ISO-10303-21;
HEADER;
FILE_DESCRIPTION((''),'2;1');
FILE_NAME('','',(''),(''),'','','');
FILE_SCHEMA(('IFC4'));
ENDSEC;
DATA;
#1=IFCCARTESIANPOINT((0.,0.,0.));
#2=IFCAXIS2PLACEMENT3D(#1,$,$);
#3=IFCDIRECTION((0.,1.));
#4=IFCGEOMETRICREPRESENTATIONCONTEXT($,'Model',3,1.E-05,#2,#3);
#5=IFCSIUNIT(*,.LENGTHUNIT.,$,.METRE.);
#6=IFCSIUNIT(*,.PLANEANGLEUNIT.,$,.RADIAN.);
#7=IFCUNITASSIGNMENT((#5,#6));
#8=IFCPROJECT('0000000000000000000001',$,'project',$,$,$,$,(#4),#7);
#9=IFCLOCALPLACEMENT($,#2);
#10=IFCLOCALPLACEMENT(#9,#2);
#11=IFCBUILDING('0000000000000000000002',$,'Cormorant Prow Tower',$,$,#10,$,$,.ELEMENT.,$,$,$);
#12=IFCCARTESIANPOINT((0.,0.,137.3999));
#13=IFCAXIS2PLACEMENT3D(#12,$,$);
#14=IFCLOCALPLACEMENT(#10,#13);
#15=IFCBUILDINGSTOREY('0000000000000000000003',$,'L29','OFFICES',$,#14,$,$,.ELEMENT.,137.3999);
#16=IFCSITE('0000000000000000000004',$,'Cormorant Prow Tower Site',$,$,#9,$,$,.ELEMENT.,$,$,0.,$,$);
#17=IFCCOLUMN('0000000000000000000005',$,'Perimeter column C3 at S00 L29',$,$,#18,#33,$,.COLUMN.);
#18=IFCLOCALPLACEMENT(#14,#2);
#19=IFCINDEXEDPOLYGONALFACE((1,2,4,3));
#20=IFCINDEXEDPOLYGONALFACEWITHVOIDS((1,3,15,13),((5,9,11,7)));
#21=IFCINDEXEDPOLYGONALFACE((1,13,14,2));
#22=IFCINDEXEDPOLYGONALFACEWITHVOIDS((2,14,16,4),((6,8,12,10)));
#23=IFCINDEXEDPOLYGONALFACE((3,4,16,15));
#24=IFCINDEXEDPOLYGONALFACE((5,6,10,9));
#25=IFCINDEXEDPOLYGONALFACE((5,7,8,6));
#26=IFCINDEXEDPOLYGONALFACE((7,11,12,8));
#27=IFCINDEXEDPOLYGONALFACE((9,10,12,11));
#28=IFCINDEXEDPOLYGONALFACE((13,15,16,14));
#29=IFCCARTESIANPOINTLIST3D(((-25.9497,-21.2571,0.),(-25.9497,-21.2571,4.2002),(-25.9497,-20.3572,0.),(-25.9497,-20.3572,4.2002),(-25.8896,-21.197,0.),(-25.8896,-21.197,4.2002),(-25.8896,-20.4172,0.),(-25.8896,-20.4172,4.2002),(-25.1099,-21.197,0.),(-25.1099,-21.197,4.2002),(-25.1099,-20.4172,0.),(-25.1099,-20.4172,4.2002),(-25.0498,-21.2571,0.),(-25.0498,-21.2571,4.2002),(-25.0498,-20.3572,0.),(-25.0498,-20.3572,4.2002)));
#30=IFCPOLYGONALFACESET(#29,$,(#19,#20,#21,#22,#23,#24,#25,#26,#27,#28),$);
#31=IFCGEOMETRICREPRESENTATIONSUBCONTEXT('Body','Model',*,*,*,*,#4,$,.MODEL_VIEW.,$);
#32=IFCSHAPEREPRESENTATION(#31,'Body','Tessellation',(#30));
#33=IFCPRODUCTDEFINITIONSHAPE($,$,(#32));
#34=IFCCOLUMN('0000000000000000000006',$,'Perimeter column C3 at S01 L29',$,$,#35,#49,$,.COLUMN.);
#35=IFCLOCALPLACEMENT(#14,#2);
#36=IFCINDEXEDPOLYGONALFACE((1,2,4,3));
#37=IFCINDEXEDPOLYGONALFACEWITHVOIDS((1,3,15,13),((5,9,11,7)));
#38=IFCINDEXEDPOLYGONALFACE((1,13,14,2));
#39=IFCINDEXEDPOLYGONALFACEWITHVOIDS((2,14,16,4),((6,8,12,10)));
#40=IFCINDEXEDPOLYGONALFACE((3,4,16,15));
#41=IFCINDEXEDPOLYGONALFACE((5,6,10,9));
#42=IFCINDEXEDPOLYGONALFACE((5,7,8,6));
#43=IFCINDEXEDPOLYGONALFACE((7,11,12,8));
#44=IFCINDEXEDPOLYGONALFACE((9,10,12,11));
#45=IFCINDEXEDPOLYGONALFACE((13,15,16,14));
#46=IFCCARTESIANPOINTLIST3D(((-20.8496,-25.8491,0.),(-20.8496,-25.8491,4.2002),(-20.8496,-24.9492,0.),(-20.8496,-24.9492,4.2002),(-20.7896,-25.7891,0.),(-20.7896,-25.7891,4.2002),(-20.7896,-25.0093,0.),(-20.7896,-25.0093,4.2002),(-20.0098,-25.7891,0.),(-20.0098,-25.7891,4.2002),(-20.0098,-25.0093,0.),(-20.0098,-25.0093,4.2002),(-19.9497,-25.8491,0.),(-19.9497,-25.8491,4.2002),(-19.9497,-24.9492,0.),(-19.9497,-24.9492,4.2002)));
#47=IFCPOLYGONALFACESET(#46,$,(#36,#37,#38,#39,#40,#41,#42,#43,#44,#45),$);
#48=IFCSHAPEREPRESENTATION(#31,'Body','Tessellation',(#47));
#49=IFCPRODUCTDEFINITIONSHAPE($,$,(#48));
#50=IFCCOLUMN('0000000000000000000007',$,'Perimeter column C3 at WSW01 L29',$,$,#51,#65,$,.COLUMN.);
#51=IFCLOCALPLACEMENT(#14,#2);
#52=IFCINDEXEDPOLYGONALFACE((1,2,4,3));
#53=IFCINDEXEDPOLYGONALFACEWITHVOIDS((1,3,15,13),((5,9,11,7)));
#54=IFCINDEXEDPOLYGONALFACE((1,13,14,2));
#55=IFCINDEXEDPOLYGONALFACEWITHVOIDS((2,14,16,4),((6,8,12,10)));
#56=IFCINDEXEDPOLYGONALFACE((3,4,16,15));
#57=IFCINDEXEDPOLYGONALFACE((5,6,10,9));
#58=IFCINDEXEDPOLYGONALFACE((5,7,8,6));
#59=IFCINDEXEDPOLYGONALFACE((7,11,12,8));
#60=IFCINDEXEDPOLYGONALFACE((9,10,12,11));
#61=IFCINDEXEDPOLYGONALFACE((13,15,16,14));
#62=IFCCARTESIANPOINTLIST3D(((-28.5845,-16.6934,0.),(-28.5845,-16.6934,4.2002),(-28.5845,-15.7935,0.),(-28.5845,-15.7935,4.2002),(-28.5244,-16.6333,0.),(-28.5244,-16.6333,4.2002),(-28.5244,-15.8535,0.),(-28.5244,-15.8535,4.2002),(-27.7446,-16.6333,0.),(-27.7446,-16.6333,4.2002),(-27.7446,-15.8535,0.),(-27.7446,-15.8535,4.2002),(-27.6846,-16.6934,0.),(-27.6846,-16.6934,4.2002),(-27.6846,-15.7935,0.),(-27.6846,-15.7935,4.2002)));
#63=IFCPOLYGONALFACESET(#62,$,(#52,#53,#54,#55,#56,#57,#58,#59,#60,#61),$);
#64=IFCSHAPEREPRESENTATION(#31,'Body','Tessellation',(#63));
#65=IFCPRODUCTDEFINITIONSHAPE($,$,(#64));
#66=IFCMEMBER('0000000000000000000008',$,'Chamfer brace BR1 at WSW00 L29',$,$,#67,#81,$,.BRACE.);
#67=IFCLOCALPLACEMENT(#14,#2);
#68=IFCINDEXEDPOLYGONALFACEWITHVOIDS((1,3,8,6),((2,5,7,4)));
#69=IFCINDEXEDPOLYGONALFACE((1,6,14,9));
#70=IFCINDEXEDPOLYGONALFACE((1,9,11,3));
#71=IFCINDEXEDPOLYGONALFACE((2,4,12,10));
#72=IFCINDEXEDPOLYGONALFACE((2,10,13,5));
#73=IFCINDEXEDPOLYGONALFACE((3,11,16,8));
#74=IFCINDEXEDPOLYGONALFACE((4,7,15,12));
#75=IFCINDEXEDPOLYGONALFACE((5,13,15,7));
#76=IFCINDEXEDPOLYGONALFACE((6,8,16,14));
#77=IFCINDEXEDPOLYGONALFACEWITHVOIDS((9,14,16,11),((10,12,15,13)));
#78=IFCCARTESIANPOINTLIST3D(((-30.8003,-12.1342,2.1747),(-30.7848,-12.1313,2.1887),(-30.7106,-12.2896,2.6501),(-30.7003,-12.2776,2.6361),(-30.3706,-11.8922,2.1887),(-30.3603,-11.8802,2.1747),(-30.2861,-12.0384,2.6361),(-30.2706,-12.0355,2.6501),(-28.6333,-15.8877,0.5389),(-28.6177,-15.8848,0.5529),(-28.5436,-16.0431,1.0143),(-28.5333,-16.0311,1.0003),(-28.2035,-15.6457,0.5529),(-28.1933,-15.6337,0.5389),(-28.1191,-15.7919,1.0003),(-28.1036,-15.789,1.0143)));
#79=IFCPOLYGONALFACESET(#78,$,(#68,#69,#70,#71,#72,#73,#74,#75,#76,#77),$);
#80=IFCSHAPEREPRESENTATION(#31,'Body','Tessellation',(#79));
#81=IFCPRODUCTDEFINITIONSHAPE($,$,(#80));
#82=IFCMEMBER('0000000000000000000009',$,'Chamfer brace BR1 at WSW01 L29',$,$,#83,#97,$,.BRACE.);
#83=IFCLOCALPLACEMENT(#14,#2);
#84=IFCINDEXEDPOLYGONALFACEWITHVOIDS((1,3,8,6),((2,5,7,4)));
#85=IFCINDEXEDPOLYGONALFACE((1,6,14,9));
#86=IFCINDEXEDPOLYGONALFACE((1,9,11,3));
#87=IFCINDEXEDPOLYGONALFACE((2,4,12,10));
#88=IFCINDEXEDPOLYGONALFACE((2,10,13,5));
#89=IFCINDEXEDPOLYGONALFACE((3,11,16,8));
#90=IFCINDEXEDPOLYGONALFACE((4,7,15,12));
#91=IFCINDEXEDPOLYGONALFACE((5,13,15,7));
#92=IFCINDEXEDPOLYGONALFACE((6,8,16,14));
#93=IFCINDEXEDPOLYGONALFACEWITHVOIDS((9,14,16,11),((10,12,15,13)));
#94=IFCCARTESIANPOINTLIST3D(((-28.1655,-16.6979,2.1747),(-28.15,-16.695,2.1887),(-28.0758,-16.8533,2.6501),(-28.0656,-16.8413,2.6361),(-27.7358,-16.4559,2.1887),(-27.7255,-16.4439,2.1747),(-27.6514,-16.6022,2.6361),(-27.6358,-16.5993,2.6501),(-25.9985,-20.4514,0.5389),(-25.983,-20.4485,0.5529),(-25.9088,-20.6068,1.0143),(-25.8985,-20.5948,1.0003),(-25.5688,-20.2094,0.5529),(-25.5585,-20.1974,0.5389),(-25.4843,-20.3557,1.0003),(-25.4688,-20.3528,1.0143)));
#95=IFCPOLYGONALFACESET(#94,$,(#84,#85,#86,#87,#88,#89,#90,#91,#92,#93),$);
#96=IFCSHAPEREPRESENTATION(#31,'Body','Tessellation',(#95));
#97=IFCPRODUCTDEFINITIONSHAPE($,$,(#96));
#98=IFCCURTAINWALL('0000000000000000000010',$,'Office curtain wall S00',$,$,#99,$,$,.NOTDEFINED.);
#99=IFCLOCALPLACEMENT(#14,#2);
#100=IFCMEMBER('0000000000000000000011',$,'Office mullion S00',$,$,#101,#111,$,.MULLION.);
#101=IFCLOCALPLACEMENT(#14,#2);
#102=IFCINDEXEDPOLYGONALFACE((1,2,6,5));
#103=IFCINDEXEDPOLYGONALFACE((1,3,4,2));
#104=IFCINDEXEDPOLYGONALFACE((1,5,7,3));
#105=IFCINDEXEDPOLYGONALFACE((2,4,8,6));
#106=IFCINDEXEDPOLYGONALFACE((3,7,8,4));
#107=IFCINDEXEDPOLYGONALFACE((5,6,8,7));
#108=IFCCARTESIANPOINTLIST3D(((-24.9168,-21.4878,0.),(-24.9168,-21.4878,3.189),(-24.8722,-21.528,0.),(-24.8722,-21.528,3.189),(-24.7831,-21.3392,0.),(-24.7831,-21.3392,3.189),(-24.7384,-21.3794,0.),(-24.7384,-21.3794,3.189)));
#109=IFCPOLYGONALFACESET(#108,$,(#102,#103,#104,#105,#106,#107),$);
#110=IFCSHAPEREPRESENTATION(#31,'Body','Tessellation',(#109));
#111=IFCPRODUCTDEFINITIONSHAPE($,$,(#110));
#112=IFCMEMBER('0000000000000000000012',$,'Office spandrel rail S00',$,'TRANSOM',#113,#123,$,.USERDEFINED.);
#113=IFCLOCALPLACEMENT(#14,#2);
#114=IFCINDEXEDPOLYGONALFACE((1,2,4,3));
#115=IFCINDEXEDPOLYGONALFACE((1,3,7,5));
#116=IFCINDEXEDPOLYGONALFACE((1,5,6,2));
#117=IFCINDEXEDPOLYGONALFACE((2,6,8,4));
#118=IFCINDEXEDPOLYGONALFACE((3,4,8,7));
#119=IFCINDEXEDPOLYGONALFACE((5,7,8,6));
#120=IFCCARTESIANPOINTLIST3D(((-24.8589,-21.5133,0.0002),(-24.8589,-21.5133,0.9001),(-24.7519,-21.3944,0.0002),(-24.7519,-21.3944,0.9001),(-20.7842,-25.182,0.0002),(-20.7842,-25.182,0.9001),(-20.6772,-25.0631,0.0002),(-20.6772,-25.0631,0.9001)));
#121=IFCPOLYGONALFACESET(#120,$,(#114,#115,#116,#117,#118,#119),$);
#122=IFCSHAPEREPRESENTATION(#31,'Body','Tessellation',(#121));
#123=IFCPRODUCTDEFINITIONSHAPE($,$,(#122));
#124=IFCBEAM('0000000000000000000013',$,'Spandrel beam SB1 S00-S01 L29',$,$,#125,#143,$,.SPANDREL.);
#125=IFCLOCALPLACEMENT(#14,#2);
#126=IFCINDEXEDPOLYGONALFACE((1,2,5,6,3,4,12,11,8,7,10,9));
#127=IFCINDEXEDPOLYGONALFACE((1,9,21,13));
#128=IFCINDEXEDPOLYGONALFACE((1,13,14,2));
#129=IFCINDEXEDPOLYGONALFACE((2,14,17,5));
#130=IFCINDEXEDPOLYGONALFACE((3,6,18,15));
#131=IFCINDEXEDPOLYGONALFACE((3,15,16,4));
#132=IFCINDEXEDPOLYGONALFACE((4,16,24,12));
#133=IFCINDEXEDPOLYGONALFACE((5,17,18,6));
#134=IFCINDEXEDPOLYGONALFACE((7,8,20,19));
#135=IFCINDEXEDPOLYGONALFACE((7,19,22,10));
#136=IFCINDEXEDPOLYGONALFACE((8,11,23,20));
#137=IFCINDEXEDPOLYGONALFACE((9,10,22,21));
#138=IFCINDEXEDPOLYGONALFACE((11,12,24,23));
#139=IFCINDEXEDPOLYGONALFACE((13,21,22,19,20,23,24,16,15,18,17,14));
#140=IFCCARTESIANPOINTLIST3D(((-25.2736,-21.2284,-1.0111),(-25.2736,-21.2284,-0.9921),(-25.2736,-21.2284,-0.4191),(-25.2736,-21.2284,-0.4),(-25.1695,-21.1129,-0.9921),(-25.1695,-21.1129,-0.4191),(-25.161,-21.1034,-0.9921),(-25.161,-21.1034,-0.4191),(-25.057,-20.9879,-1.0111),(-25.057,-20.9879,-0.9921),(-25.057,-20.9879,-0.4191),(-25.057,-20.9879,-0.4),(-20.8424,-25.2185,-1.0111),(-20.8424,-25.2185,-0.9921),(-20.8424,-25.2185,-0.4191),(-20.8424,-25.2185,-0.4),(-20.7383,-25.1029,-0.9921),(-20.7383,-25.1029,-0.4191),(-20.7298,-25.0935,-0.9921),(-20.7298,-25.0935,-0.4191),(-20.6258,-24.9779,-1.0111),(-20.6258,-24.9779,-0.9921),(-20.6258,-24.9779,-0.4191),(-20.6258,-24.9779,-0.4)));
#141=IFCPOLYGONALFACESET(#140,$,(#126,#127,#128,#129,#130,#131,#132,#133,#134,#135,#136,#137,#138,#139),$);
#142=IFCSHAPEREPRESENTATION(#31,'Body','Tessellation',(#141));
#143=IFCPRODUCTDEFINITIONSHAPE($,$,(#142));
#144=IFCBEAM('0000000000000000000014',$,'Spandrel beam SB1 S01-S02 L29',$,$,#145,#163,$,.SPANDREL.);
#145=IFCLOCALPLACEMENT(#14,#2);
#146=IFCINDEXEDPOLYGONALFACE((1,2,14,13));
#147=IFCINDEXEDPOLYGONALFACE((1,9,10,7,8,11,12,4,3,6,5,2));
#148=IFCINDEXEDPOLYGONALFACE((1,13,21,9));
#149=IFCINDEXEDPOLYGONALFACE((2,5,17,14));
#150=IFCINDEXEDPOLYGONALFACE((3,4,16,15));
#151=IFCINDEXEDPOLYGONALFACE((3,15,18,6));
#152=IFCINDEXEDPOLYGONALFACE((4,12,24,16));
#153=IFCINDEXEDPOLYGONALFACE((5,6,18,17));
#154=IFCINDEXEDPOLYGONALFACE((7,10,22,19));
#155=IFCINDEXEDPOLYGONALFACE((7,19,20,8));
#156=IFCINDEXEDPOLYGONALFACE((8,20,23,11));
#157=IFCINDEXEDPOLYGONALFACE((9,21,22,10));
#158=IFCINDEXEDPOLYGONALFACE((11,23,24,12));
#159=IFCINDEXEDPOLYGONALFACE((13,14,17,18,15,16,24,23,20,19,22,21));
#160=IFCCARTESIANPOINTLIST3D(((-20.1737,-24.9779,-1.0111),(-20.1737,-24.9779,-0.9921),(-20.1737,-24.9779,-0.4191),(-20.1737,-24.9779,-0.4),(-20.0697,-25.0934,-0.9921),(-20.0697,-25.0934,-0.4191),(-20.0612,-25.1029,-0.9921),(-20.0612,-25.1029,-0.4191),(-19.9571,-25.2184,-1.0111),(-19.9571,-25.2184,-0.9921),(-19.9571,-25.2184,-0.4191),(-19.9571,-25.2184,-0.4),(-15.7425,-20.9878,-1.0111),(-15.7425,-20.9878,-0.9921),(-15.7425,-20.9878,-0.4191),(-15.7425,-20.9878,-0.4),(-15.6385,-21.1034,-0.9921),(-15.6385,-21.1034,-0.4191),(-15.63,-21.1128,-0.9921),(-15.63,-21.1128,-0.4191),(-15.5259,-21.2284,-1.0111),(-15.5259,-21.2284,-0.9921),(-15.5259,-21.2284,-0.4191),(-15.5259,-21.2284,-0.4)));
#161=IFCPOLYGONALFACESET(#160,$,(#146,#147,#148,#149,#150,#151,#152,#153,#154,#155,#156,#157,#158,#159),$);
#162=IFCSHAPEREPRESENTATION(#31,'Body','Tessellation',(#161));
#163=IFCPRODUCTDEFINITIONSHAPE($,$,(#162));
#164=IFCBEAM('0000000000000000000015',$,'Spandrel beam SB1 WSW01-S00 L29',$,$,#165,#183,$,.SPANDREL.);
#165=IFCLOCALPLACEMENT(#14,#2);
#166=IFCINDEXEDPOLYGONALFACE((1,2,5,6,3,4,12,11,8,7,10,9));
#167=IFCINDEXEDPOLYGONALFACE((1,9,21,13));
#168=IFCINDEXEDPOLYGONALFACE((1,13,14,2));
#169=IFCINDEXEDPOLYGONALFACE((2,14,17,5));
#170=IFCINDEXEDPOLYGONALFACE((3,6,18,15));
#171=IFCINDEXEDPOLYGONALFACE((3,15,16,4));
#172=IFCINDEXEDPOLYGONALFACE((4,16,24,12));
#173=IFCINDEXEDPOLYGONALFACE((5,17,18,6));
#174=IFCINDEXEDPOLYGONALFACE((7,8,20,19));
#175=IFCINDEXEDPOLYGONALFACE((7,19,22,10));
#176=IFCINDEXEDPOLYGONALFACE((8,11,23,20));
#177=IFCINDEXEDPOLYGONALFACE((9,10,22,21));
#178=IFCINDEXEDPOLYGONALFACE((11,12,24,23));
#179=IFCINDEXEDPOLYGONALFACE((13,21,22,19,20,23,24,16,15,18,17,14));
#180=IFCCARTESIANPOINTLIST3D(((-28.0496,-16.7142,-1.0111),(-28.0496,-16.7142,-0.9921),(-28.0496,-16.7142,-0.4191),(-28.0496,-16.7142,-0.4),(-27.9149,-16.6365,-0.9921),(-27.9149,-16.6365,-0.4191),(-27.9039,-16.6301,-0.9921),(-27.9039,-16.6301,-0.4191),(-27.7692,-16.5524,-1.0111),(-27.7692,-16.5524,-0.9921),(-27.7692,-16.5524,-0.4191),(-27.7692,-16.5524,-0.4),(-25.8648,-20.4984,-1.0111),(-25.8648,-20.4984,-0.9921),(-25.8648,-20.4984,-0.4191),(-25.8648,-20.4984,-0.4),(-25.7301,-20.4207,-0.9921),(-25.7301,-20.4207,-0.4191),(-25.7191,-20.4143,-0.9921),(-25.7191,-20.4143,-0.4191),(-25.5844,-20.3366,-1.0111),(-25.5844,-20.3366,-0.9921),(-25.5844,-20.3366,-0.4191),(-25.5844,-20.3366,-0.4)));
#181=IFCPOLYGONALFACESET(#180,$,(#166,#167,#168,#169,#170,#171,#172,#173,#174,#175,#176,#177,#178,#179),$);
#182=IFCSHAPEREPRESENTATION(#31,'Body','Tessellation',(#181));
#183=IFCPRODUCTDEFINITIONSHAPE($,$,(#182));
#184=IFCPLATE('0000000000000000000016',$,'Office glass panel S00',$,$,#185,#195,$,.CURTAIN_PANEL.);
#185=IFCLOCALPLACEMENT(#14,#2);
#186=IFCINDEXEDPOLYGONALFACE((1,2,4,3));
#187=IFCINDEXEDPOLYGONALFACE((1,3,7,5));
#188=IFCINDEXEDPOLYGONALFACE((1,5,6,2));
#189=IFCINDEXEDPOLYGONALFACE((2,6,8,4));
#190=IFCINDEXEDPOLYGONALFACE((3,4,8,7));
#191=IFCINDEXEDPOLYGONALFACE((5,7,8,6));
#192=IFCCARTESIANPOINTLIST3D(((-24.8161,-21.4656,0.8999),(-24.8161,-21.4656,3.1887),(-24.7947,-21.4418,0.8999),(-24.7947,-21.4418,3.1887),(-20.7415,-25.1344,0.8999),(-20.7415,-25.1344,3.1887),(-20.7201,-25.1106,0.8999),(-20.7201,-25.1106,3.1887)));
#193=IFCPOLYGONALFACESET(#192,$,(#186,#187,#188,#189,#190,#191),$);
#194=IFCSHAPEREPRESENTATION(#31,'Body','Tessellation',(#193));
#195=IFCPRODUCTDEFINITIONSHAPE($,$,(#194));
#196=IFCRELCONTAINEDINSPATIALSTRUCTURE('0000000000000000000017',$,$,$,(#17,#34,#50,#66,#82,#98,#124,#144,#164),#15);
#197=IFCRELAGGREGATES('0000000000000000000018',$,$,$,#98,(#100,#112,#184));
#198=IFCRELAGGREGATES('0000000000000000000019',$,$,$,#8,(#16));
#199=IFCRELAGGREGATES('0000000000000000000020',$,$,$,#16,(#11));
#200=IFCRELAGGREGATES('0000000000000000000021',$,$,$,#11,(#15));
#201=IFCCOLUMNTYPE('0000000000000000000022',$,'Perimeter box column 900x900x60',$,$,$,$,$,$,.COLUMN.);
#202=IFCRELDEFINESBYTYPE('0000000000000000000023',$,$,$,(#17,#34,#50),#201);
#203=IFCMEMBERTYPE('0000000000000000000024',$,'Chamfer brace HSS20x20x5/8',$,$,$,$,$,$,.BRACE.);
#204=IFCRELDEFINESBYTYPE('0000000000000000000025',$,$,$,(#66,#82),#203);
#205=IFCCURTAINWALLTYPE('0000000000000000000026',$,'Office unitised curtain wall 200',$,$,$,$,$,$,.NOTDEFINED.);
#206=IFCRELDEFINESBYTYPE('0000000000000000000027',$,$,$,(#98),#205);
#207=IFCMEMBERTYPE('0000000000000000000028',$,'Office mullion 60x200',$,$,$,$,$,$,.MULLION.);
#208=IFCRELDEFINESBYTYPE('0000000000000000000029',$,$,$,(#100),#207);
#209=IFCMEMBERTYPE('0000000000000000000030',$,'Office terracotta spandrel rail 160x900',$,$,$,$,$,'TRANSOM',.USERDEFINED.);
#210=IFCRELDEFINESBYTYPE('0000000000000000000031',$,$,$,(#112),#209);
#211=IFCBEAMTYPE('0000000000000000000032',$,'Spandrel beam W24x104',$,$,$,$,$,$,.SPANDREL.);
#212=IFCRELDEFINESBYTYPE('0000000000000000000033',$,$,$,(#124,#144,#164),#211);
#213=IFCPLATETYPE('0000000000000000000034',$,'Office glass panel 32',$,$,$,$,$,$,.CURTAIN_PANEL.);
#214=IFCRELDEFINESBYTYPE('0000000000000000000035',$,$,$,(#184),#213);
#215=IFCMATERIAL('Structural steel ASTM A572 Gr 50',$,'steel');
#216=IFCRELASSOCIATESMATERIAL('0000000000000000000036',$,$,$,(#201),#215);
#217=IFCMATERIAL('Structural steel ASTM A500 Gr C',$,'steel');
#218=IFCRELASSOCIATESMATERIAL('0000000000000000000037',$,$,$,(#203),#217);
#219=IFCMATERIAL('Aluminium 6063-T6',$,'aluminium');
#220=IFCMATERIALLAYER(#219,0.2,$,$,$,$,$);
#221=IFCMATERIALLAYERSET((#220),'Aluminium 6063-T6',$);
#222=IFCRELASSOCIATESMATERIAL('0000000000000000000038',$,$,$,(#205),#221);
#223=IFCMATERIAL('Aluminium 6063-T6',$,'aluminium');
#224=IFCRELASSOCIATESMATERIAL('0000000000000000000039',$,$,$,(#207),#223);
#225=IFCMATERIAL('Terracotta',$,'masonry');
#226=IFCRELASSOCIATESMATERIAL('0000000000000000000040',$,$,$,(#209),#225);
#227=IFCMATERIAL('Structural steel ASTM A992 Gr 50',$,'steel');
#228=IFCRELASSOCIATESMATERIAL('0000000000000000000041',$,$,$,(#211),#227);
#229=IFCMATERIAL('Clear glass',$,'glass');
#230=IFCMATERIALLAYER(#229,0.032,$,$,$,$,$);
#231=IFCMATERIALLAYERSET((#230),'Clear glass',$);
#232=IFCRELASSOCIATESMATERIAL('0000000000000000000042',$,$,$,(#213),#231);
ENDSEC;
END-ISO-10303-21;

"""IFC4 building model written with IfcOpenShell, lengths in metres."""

from ifc_helpers import new_model, si_unit, direction, frame, origin, origin_2d, place, context, subcontext, project, spatial, rectangle, hollow_rectangle, i_section, extrude, material, layer, layer_set, material_profile, profile_set, type_object, element, aggregate, save


model = new_model("IFC4")

# Units and contexts
model_context = context("Model", 3, precision=1e-05, world=origin(), true_north=direction((0.0, 1.0)))
body_context = subcontext(model_context, "Body", "Model", "MODEL_VIEW")
ifc_project = project(units=[si_unit("LENGTHUNIT", "METRE"), si_unit("PLANEANGLEUNIT", "RADIAN")], contexts=[model_context])

# Site, building, storey
site_placement = place(None, origin())
site = spatial("IfcSite", under=ifc_project, at=site_placement, Name="Cormorant Prow Tower Site", CompositionType="ELEMENT", RefElevation=0.0)
building_placement = place(site_placement, origin())
building = spatial("IfcBuilding", under=site, at=building_placement, Name="Cormorant Prow Tower", CompositionType="ELEMENT")
storey_placement = place(building_placement, frame((0.0, 0.0, 137.3999)))
storey = spatial("IfcBuildingStorey", under=building, at=storey_placement, Name="L29", Description="OFFICES", CompositionType="ELEMENT", Elevation=137.3999)

# Columns
ifc_material_1 = material(Name="Structural steel ASTM A572 Gr 50", Category="steel")
ifc_material_profile_1 = material_profile(ifc_material_1, hollow_rectangle(XDim=0.8999, YDim=0.8999, WallThickness=0.0601, at=origin_2d()), Name="Box 900x900x60")
ifc_profile_set_1 = profile_set([ifc_material_profile_1], Name="Structural steel ASTM A572 Gr 50")
column_type = type_object("IfcColumnType", Name="Perimeter box column 900x900x60", PredefinedType="COLUMN", material=ifc_profile_set_1)
for number, where, z_axis, x_axis, name in (
    (1, (-25.4998, -20.8071, 0.0), (0.0, 0.0, 1.0), (1.0, 0.0, 0.0), "Perimeter column C3 at S00 L29"),
    (2, (-20.3997, -25.3992, 0.0), (0.0, 0.0, 1.0), (1.0, 0.0, 0.0), "Perimeter column C3 at S01 L29"),
    (3, (-28.1345, -16.2434, 0.0), (0.0, 0.0, 1.0), (1.0, 0.0, 0.0), "Perimeter column C3 at WSW01 L29"),
):
    element("IfcColumn", number, at=place(storey_placement, frame(where, z_axis=z_axis, x_axis=x_axis)), inside=storey, type_object=column_type, Name=name, PredefinedType="COLUMN", context=body_context, shape_type="SweptSolid", body=[
        extrude(hollow_rectangle(XDim=0.8999, YDim=0.8999, WallThickness=0.0601, at=origin_2d()), origin(), (0.0, 0.0, 1.0), 4.2002),
    ])

# Members
ifc_material_2 = material(Name="Structural steel ASTM A500 Gr C", Category="steel")
ifc_material_profile_2 = material_profile(ifc_material_2, hollow_rectangle(XDim=0.5081, YDim=0.5081, WallThickness=0.0149, at=origin_2d()), Name="HSS20x20x5/8")
ifc_profile_set_2 = profile_set([ifc_material_profile_2], Name="Structural steel ASTM A500 Gr C")
member_type_1 = type_object("IfcMemberType", Name="Chamfer brace HSS20x20x5/8", PredefinedType="BRACE", material=ifc_profile_set_2)
for number, where, z_axis, x_axis, name in (
    (4, (-28.3684, -15.8384, 0.7766), (-0.467785, 0.810244, 0.353105), (-0.86603, -0.499992, 0.0), "Chamfer brace BR1 at WSW00 L29"),
    (5, (-25.7336, -20.4021, 0.7766), (-0.467785, 0.810244, 0.353105), (-0.86603, -0.499992, 0.0), "Chamfer brace BR1 at WSW01 L29"),
):
    element("IfcMember", number, at=place(storey_placement, frame(where, z_axis=z_axis, x_axis=x_axis)), inside=storey, type_object=member_type_1, Name=name, PredefinedType="BRACE", context=body_context, shape_type="SweptSolid", body=[
        extrude(hollow_rectangle(XDim=0.5081, YDim=0.5081, WallThickness=0.0149, at=origin_2d()), origin(), (0.0, 0.0, 1.0), 4.6326),
    ])

# Curtain wall, members
ifc_material_3 = material(Name="Aluminium 6063-T6", Category="aluminium")
ifc_layer_1 = layer(ifc_material_3, 0.2)
ifc_layer_set_1 = layer_set([ifc_layer_1], Name="Aluminium 6063-T6")
curtain_wall_type = type_object("IfcCurtainWallType", Name="Office unitised curtain wall 200", PredefinedType="NOTDEFINED", material=ifc_layer_set_1)
curtain_wall_placement = place(storey_placement, origin())
curtain_wall = element("IfcCurtainWall", 6, at=curtain_wall_placement, inside=storey, type_object=curtain_wall_type, Name="Office curtain wall S00", PredefinedType="NOTDEFINED")
ifc_material_4 = material(Name="Aluminium 6063-T6", Category="aluminium")
ifc_material_profile_3 = material_profile(ifc_material_4, rectangle(XDim=0.2, YDim=0.0601, at=origin_2d()), Name="Office mullion 60x200")
ifc_profile_set_3 = profile_set([ifc_material_profile_3], Name="Aluminium 6063-T6")
member_type_2 = type_object("IfcMemberType", Name="Office mullion 60x200", PredefinedType="MULLION", material=ifc_profile_set_3)
member_1_placement = place(storey_placement, frame((-24.8276, -21.4336, 0.0), z_axis=(0.0, 0.0, 1.0), x_axis=(0.669131, 0.743145, 0.0)))
member_1 = element("IfcMember", 7, at=member_1_placement, type_object=member_type_2, Name="Office mullion S00", PredefinedType="MULLION", context=body_context, shape_type="SweptSolid", body=[
    extrude(rectangle(XDim=0.2, YDim=0.0601, at=origin_2d()), origin(), (0.0, 0.0, 1.0), 3.189),
])
ifc_material_5 = material(Name="Terracotta", Category="masonry")
ifc_material_profile_4 = material_profile(ifc_material_5, rectangle(XDim=0.1599, YDim=0.8999, at=origin_2d()), Name="Office terracotta spandrel rail 160x900")
ifc_profile_set_4 = profile_set([ifc_material_profile_4], Name="Terracotta")
member_type_3 = type_object("IfcMemberType", Name="Office terracotta spandrel rail 160x900", ElementType="TRANSOM", PredefinedType="USERDEFINED", material=ifc_profile_set_4)
member_2_placement = place(storey_placement, frame((-24.8054, -21.4539, 0.4502), z_axis=(0.743161, -0.669112, 0.0), x_axis=(0.669112, 0.743161, 0.0)))
member_2 = element("IfcMember", 8, at=member_2_placement, type_object=member_type_3, Name="Office spandrel rail S00", ObjectType="TRANSOM", PredefinedType="USERDEFINED", context=body_context, shape_type="SweptSolid", body=[
    extrude(rectangle(XDim=0.1599, YDim=0.8999, at=origin_2d()), origin(), (0.0, 0.0, 1.0), 5.4829),
])

# Beams
ifc_material_6 = material(Name="Structural steel ASTM A992 Gr 50", Category="steel")
ifc_material_profile_5 = material_profile(ifc_material_6, i_section(OverallWidth=0.3237, OverallDepth=0.6111, WebThickness=0.0127, FlangeThickness=0.019, at=origin_2d()), Name="W24x104")
ifc_profile_set_5 = profile_set([ifc_material_profile_5], Name="Structural steel ASTM A992 Gr 50")
beam_type = type_object("IfcBeamType", Name="Spandrel beam W24x104", PredefinedType="SPANDREL", material=ifc_profile_set_5)
for number, where, z_axis, x_axis, name in (
    (9, (-25.1653, -21.1082, -0.7056), (0.743131, -0.669146, 0.0), (0.669146, 0.743131, 0.0), "Spandrel beam SB1 S00-S01 L29"),
    (10, (-20.0654, -25.0981, -0.7056), (0.743131, 0.669146, 0.0), (-0.669146, 0.743131, 0.0), "Spandrel beam SB1 S01-S02 L29"),
):
    element("IfcBeam", number, at=place(storey_placement, frame(where, z_axis=z_axis, x_axis=x_axis)), inside=storey, type_object=beam_type, Name=name, PredefinedType="SPANDREL", context=body_context, shape_type="SweptSolid", body=[
        extrude(i_section(OverallWidth=0.3237, OverallDepth=0.6111, WebThickness=0.0127, FlangeThickness=0.019, at=origin_2d()), origin(), (0.0, 0.0, 1.0), 5.9629),
    ])
beam_placement = place(storey_placement, frame((-27.9094, -16.6333, -0.7056), z_axis=(0.500003, -0.866024, 0.0), x_axis=(0.866024, 0.500003, 0.0)))
element("IfcBeam", 11, at=beam_placement, inside=storey, type_object=beam_type, Name="Spandrel beam SB1 WSW01-S00 L29", PredefinedType="SPANDREL", context=body_context, shape_type="SweptSolid", body=[
    extrude(i_section(OverallWidth=0.3237, OverallDepth=0.6111, WebThickness=0.0127, FlangeThickness=0.019, at=origin_2d()), origin(), (0.0, 0.0, 1.0), 4.3696),
])

# Plate
ifc_material_7 = material(Name="Clear glass", Category="glass")
ifc_layer_2 = layer(ifc_material_7, 0.032)
ifc_layer_set_2 = layer_set([ifc_layer_2], Name="Clear glass")
plate_type = type_object("IfcPlateType", Name="Office glass panel 32", PredefinedType="CURTAIN_PANEL", material=ifc_layer_set_2)
plate_placement = place(storey_placement, frame((-22.7681, -23.2881, 0.8999), z_axis=(0.0, 0.0, 1.0), x_axis=(0.743145, -0.669131, 0.0)))
plate = element("IfcPlate", 12, at=plate_placement, type_object=plate_type, Name="Office glass panel S00", PredefinedType="CURTAIN_PANEL", context=body_context, shape_type="SweptSolid", body=[
    extrude(rectangle(XDim=5.4829, YDim=0.032, at=origin_2d()), origin(), (0.0, 0.0, 1.0), 2.2888),
])
aggregate(curtain_wall, [member_1, member_2, plate])

save(model, "model.ifc")
